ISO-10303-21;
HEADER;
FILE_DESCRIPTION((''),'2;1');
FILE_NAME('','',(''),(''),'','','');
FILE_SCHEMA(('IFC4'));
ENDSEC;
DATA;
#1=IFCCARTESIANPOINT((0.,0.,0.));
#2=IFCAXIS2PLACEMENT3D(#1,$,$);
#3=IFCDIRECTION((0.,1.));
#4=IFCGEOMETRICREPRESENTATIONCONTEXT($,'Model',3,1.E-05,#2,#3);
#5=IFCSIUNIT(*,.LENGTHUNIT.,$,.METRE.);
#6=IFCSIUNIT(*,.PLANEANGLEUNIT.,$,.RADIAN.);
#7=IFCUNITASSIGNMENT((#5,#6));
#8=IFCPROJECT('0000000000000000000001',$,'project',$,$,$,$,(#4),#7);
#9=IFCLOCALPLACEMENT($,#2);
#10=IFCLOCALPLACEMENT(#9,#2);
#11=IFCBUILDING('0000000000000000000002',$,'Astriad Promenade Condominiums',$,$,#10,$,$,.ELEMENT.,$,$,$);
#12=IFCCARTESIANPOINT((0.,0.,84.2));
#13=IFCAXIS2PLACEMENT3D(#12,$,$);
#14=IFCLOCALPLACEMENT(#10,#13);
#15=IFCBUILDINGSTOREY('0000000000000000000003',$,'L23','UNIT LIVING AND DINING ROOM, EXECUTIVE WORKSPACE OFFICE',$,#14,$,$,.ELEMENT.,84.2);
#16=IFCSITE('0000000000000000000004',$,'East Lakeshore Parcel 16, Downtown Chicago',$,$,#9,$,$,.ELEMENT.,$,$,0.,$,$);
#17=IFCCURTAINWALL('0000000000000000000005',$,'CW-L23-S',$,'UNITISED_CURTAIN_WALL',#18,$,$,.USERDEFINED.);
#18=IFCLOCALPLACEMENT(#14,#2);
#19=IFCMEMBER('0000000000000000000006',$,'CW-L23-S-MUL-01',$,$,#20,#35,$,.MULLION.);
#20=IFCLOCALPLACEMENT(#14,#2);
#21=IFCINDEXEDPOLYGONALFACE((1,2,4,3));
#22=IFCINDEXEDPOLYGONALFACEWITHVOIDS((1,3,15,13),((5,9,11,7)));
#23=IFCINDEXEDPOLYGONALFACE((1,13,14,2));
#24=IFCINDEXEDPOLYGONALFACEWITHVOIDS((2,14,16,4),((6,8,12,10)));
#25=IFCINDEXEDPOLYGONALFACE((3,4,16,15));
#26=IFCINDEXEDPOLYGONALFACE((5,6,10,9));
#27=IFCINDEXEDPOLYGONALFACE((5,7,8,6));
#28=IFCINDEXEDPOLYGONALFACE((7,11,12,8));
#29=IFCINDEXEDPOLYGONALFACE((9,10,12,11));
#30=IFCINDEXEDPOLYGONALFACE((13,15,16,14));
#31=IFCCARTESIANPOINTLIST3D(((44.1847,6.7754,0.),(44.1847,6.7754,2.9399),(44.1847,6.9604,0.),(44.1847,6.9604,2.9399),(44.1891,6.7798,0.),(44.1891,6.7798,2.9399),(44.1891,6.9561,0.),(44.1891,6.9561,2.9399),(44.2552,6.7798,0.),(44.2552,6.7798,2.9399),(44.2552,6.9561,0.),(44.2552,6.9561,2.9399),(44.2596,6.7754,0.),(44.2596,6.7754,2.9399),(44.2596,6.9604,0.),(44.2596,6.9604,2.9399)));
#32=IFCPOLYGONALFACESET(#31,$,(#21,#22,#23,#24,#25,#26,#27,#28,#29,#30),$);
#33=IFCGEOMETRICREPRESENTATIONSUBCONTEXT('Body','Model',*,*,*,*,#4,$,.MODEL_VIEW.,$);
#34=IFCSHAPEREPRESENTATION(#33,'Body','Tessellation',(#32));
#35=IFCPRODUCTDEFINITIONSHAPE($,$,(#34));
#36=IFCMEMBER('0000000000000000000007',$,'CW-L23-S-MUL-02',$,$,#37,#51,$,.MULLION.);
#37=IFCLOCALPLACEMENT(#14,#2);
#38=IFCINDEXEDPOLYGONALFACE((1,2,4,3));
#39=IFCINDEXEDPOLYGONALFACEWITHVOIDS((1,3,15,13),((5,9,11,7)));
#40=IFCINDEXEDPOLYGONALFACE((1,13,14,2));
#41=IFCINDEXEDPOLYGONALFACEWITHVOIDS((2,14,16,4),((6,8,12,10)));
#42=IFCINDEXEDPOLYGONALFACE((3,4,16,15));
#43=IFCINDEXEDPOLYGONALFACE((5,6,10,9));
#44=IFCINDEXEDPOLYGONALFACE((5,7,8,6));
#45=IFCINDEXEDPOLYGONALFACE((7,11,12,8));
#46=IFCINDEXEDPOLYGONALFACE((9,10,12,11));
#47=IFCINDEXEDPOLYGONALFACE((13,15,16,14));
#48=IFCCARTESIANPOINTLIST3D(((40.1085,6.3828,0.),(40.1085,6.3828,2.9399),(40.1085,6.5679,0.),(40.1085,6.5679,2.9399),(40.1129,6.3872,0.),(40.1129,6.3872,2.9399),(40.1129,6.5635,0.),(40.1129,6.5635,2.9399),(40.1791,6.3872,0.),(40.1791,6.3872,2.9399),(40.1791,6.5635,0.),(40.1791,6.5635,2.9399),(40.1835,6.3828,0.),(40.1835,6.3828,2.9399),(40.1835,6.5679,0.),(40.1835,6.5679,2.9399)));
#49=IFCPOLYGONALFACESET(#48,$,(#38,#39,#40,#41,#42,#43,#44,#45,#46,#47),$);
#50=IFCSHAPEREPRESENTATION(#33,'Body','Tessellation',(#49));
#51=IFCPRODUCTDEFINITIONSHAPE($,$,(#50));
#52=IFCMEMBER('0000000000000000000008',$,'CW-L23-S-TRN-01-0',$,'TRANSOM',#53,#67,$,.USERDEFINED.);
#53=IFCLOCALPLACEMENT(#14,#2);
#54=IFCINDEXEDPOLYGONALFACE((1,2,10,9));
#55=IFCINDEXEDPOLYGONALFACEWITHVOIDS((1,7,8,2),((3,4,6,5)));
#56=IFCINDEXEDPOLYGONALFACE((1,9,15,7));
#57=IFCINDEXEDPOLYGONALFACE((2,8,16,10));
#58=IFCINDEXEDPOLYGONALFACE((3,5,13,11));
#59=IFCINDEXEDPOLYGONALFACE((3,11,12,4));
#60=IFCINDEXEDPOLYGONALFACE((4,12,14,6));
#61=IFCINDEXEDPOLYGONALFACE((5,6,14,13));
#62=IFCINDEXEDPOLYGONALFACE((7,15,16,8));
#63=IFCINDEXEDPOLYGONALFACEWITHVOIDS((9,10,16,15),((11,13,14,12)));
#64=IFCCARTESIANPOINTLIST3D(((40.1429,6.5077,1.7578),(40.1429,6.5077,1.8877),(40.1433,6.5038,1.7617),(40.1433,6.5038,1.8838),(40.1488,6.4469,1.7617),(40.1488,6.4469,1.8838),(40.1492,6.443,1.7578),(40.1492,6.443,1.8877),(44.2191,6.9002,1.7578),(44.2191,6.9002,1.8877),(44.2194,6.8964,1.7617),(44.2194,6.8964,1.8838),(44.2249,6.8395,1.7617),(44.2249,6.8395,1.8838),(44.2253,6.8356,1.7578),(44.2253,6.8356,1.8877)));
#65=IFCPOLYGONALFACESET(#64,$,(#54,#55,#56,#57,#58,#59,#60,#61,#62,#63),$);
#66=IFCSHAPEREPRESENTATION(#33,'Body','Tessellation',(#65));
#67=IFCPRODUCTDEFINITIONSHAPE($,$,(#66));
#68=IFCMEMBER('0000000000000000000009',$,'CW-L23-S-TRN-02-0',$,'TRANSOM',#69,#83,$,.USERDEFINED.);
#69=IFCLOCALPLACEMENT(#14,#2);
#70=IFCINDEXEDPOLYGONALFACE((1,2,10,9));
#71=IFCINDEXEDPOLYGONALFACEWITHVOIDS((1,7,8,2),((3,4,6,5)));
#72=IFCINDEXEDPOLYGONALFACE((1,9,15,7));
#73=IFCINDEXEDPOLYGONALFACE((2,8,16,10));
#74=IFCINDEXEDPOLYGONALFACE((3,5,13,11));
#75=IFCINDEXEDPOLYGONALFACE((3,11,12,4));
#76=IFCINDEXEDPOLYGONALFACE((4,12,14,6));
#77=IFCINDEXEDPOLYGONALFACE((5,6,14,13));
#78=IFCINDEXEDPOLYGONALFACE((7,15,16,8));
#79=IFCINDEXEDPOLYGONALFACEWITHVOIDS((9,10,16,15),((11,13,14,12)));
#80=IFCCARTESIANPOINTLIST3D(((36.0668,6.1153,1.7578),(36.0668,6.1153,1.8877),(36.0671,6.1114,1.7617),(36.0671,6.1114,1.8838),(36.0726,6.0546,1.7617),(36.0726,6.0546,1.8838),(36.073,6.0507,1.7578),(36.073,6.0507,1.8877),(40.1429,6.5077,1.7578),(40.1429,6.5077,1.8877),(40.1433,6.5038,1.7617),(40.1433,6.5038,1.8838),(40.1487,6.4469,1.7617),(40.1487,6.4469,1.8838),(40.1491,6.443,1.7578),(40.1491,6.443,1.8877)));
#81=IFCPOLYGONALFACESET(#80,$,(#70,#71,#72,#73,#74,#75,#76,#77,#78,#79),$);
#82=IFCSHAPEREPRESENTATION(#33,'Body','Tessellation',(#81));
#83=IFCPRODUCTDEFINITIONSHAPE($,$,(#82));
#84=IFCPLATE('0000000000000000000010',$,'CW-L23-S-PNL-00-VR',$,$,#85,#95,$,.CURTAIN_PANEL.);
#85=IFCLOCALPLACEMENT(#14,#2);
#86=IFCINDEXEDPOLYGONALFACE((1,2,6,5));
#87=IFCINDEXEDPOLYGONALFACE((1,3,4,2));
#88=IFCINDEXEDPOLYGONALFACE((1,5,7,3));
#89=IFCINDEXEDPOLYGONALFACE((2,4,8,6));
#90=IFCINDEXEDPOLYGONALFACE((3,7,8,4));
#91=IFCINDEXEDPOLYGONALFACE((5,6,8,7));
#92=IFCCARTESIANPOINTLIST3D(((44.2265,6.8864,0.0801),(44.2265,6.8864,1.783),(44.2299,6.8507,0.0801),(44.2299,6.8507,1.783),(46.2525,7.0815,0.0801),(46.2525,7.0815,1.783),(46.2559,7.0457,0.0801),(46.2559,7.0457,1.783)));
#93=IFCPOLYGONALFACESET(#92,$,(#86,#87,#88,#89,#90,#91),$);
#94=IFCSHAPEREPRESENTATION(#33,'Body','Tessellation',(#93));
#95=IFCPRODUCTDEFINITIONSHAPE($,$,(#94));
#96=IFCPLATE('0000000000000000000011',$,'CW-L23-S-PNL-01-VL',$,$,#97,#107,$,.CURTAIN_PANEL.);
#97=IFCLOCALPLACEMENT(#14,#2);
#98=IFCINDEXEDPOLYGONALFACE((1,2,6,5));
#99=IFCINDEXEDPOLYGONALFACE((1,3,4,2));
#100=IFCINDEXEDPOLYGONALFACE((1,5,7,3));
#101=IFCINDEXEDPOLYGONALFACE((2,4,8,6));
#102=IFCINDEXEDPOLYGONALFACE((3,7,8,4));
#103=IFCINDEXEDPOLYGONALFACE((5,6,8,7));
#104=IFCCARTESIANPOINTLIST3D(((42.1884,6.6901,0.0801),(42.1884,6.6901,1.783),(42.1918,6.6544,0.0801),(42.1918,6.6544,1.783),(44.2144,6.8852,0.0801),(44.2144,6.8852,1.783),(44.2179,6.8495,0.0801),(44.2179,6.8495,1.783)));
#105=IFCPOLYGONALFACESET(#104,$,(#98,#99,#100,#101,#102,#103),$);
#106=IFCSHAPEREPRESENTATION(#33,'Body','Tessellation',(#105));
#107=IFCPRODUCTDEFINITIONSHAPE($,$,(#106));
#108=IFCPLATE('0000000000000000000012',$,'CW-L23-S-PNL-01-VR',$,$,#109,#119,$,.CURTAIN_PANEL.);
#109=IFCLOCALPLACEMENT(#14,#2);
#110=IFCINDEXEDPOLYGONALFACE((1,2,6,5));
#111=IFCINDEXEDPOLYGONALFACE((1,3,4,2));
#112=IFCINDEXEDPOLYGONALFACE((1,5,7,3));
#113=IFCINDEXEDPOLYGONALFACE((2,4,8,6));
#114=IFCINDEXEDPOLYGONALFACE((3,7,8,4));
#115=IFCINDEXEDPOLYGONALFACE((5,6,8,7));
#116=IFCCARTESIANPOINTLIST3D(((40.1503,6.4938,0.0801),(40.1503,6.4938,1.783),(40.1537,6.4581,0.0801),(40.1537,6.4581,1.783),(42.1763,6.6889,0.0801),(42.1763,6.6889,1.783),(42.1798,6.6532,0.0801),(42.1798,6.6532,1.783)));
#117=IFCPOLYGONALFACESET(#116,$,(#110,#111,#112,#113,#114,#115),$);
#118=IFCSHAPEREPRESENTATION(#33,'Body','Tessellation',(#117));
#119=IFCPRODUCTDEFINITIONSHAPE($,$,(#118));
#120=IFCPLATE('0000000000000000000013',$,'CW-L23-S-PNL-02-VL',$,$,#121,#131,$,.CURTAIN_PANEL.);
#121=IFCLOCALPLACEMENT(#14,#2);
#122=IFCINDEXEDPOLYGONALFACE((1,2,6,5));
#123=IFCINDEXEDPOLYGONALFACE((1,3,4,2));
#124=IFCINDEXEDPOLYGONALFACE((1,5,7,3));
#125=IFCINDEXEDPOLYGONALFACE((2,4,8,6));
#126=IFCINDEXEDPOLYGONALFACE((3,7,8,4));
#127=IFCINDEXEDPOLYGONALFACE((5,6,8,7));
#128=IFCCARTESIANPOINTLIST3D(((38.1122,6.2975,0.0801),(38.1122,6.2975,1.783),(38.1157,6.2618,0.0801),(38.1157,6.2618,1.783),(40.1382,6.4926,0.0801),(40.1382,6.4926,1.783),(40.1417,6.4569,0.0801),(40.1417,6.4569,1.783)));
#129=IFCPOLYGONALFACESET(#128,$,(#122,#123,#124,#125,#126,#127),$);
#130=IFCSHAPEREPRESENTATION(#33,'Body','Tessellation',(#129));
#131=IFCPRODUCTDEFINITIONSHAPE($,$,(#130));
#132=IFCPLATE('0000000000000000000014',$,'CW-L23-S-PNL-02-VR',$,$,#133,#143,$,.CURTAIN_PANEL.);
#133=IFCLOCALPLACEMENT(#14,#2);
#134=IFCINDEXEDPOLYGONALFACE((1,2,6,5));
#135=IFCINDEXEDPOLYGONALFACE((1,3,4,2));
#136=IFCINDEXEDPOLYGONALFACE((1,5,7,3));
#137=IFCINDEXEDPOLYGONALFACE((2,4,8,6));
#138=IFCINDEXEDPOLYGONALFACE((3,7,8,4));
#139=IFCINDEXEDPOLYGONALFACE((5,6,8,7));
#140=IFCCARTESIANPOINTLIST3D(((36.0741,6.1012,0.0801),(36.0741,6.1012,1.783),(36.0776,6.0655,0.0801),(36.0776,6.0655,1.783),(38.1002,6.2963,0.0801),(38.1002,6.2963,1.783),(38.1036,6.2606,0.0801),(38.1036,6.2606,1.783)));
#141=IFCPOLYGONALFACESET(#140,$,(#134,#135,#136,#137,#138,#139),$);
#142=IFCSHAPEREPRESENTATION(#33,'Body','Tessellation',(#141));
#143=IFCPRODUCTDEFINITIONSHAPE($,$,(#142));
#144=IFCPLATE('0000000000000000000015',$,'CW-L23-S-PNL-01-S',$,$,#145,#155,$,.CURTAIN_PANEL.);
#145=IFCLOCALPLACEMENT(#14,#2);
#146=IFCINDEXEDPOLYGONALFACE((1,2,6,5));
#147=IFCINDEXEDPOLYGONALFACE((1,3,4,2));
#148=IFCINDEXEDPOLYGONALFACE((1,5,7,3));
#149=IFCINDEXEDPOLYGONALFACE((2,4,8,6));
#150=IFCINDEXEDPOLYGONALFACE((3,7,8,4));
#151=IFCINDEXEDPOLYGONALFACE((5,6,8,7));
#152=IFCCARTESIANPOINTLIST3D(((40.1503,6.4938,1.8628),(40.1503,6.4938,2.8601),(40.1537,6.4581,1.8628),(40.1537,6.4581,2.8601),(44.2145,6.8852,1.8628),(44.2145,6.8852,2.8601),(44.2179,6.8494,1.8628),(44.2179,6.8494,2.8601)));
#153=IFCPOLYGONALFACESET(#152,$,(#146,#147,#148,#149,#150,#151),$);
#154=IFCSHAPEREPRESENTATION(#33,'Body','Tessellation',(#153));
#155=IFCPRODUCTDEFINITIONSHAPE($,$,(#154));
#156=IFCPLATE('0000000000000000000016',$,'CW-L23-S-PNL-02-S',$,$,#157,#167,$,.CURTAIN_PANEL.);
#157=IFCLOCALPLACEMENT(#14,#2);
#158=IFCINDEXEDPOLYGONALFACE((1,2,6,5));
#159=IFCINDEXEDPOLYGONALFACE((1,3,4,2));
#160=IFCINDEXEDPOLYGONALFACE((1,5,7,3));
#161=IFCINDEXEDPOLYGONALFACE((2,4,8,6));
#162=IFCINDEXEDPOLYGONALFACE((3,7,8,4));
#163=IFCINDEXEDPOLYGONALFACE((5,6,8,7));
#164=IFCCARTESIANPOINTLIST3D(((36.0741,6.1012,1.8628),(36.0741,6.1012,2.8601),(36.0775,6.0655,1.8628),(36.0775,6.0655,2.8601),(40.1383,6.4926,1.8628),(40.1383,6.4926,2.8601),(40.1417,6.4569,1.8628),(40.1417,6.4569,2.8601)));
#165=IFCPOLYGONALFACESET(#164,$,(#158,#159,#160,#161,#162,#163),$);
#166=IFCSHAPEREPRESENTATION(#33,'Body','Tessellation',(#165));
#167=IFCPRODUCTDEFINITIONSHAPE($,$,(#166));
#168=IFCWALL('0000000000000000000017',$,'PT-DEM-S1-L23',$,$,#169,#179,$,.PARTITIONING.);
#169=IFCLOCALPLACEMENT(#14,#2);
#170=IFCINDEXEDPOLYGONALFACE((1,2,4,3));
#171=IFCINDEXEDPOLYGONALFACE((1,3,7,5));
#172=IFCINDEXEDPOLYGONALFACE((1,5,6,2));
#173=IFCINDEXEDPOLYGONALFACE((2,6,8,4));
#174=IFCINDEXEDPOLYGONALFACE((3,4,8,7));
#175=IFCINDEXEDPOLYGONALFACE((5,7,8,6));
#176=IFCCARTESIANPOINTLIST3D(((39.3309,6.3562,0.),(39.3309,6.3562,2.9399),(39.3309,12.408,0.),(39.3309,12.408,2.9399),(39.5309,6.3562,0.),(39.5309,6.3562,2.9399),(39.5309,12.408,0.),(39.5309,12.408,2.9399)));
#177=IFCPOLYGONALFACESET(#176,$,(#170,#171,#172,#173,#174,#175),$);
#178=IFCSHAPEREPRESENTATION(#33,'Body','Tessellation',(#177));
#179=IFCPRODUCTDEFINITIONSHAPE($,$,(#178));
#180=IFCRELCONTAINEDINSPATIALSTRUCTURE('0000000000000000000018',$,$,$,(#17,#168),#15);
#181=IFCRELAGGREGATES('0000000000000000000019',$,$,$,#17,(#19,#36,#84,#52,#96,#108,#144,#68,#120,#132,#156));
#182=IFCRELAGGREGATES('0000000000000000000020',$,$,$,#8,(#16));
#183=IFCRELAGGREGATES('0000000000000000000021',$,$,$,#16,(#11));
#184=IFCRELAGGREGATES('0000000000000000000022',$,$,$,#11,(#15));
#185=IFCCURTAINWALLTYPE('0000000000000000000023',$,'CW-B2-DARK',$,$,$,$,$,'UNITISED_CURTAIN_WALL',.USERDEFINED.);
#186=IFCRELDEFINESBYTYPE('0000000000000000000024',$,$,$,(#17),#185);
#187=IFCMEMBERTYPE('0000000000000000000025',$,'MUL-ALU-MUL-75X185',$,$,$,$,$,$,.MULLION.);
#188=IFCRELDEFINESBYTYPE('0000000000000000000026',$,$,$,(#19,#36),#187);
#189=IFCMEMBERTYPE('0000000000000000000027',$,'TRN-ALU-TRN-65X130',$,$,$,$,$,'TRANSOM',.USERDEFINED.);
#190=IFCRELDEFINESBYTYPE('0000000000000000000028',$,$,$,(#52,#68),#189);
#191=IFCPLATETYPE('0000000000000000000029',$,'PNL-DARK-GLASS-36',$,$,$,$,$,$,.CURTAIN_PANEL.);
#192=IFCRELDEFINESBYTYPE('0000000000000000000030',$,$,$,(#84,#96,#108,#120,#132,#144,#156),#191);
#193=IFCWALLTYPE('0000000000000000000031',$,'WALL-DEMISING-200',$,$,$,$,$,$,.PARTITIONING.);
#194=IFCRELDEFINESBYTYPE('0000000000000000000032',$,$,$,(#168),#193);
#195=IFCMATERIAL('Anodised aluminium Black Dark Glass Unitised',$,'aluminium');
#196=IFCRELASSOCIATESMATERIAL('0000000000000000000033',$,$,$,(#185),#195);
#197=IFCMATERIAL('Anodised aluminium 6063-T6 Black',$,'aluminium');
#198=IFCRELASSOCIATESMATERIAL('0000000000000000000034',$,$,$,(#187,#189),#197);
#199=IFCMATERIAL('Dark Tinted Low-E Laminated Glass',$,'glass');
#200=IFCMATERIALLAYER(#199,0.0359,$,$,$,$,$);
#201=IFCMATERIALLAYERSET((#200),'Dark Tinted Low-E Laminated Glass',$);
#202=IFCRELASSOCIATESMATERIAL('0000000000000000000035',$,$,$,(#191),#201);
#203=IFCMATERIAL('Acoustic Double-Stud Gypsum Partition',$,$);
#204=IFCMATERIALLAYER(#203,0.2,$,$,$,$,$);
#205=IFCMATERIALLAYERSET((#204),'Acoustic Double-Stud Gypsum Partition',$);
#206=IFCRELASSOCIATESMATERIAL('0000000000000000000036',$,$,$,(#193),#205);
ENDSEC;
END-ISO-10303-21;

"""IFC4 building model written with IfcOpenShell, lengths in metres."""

from ifc_helpers import new_model, si_unit, direction, frame, frame_2d, origin, origin_2d, place, context, subcontext, project, spatial, rectangle, hollow_rectangle, extrude, source, transform, mapped, material, layer, layer_set, material_profile, profile_set, type_object, type_shapes, element, aggregate, save


model = new_model("IFC4")

# Units and contexts
model_context = context("Model", 3, precision=1e-05, world=origin(), true_north=direction((0.0, 1.0)))
body_context = subcontext(model_context, "Body", "Model", "MODEL_VIEW")
ifc_project = project(units=[si_unit("LENGTHUNIT", "METRE"), si_unit("PLANEANGLEUNIT", "RADIAN")], contexts=[model_context])

# Site, building, storey
site_placement = place(None, origin())
site = spatial("IfcSite", under=ifc_project, at=site_placement, Name="East Lakeshore Parcel 16, Downtown Chicago", CompositionType="ELEMENT", RefElevation=0.0)
building_placement = place(site_placement, origin())
building = spatial("IfcBuilding", under=site, at=building_placement, Name="Astriad Promenade Condominiums", CompositionType="ELEMENT")
storey_placement = place(building_placement, frame((0.0, 0.0, 84.2)))
storey = spatial("IfcBuildingStorey", under=building, at=storey_placement, Name="L23", Description="UNIT LIVING AND DINING ROOM, EXECUTIVE WORKSPACE OFFICE", CompositionType="ELEMENT", Elevation=84.2)

# Curtain wall, members, plates
ifc_material_1 = material(Name="Anodised aluminium Black Dark Glass Unitised", Category="aluminium")
curtain_wall_type = type_object("IfcCurtainWallType", Name="CW-B2-DARK", ElementType="UNITISED_CURTAIN_WALL", PredefinedType="USERDEFINED", material=ifc_material_1)
curtain_wall_placement = place(storey_placement, origin())
curtain_wall = element("IfcCurtainWall", 1, at=curtain_wall_placement, inside=storey, type_object=curtain_wall_type, Name="CW-L23-S", ObjectType="UNITISED_CURTAIN_WALL", PredefinedType="USERDEFINED")
ifc_material_2 = material(Name="Anodised aluminium 6063-T6 Black", Category="aluminium")
ifc_material_profile_1 = material_profile(ifc_material_2, hollow_rectangle(XDim=0.075, YDim=0.1851, WallThickness=0.0044, at=origin_2d()), Name="ALU-MUL-75X185")
ifc_profile_set_1 = profile_set([ifc_material_profile_1], Name="Anodised aluminium 6063-T6 Black")
member_type_1 = type_object("IfcMemberType", Name="MUL-ALU-MUL-75X185", PredefinedType="MULLION", material=ifc_profile_set_1)
shared_shape_1 = source(origin(), body_context, "Body", "SweptSolid", [
    extrude(hollow_rectangle(XDim=0.075, YDim=0.1851, WallThickness=0.0044, at=origin_2d()), origin(), (0.0, 0.0, 1.0), 2.9399),
])
type_shapes(member_type_1, [shared_shape_1])
member_1_placement = place(storey_placement, frame((44.2222, 6.8679, 0.0), z_axis=(0.0, 0.0, 1.0), x_axis=(1.0, 0.0, 0.0)))
member_1 = element("IfcMember", 2, at=member_1_placement, type_object=member_type_1, Name="CW-L23-S-MUL-01", PredefinedType="MULLION", context=body_context, shape_type="MappedRepresentation", body=[
    mapped(shared_shape_1, transform((0.0, 0.0, 0.0), scale=1.0)),
])
member_2_placement = place(storey_placement, frame((40.146, 6.4753, 0.0), z_axis=(0.0, 0.0, 1.0), x_axis=(1.0, 0.0, 0.0)))
member_2 = element("IfcMember", 3, at=member_2_placement, type_object=member_type_1, Name="CW-L23-S-MUL-02", PredefinedType="MULLION", context=body_context, shape_type="MappedRepresentation", body=[
    mapped(shared_shape_1, transform((0.0, 0.0, 0.0), scale=1.0)),
])
ifc_material_profile_2 = material_profile(ifc_material_2, hollow_rectangle(XDim=0.0649, YDim=0.1299, WallThickness=0.0039, at=origin_2d()), Name="ALU-TRN-65X130")
ifc_profile_set_2 = profile_set([ifc_material_profile_2], Name="Anodised aluminium 6063-T6 Black")
member_type_2 = type_object("IfcMemberType", Name="TRN-ALU-TRN-65X130", ElementType="TRANSOM", PredefinedType="USERDEFINED", material=ifc_profile_set_2)
shared_shape_2 = source(origin(), body_context, "Body", "SweptSolid", [
    extrude(hollow_rectangle(XDim=0.0649, YDim=0.1299, WallThickness=0.0039, at=origin_2d()), origin(), (0.0, 0.0, 1.0), 4.095),
])
type_shapes(member_type_2, [shared_shape_2])
member_3_placement = place(storey_placement, frame((44.2222, 6.8679, 1.8228), z_axis=(-0.995394, -0.095867, 0.0), x_axis=(0.095867, -0.995394, 0.0)))
member_3 = element("IfcMember", 4, at=member_3_placement, type_object=member_type_2, Name="CW-L23-S-TRN-01-0", ObjectType="TRANSOM", PredefinedType="USERDEFINED", context=body_context, shape_type="MappedRepresentation", body=[
    mapped(shared_shape_2, transform((0.0, 0.0, 0.0), scale=1.0)),
])
member_4_placement = place(storey_placement, frame((40.146, 6.4753, 1.8228), z_axis=(-0.9954, -0.095808, 0.0), x_axis=(0.095808, -0.9954, 0.0)))
member_4 = element("IfcMember", 5, at=member_4_placement, type_object=member_type_2, Name="CW-L23-S-TRN-02-0", ObjectType="TRANSOM", PredefinedType="USERDEFINED", context=body_context, shape_type="MappedRepresentation", body=[
    mapped(shared_shape_2, transform((0.0, 0.0, 0.0), scale=1.0)),
])
ifc_material_3 = material(Name="Dark Tinted Low-E Laminated Glass", Category="glass")
ifc_layer_1 = layer(ifc_material_3, 0.0359)
ifc_layer_set_1 = layer_set([ifc_layer_1], Name="Dark Tinted Low-E Laminated Glass")
plate_type = type_object("IfcPlateType", Name="PNL-DARK-GLASS-36", PredefinedType="CURTAIN_PANEL", material=ifc_layer_set_1)
shared_shape_3 = source(origin(), body_context, "Body", "SweptSolid", [
    extrude(rectangle(XDim=2.0354, YDim=0.0359, at=origin_2d()), origin(), (0.0, 0.0, 1.0), 1.7029),
])
plate_1_placement = place(storey_placement, frame((45.2412, 6.9661, 0.0801), z_axis=(0.0, 0.0, 1.0), x_axis=(-0.995396, -0.095846, 0.0)))
plate_1 = element("IfcPlate", 6, at=plate_1_placement, type_object=plate_type, Name="CW-L23-S-PNL-00-VR", PredefinedType="CURTAIN_PANEL", context=body_context, shape_type="MappedRepresentation", body=[
    mapped(shared_shape_3, transform((0.0, 0.0, 0.0), scale=1.0)),
])
plate_2_placement = place(storey_placement, frame((43.2031, 6.7698, 0.0801), z_axis=(0.0, 0.0, 1.0), x_axis=(-0.995396, -0.095846, 0.0)))
plate_2 = element("IfcPlate", 7, at=plate_2_placement, type_object=plate_type, Name="CW-L23-S-PNL-01-VL", PredefinedType="CURTAIN_PANEL", context=body_context, shape_type="MappedRepresentation", body=[
    mapped(shared_shape_3, transform((0.0, 0.0, 0.0), scale=1.0)),
])
plate_3_placement = place(storey_placement, frame((41.165, 6.5735, 0.0801), z_axis=(0.0, 0.0, 1.0), x_axis=(-0.995396, -0.095846, 0.0)))
plate_3 = element("IfcPlate", 8, at=plate_3_placement, type_object=plate_type, Name="CW-L23-S-PNL-01-VR", PredefinedType="CURTAIN_PANEL", context=body_context, shape_type="MappedRepresentation", body=[
    mapped(shared_shape_3, transform((0.0, 0.0, 0.0), scale=1.0)),
])
plate_4_placement = place(storey_placement, frame((39.127, 6.3772, 0.0801), z_axis=(0.0, 0.0, 1.0), x_axis=(-0.995396, -0.095846, 0.0)))
plate_4 = element("IfcPlate", 9, at=plate_4_placement, type_object=plate_type, Name="CW-L23-S-PNL-02-VL", PredefinedType="CURTAIN_PANEL", context=body_context, shape_type="MappedRepresentation", body=[
    mapped(shared_shape_3, transform((0.0, 0.0, 0.0), scale=1.0)),
])
plate_5_placement = place(storey_placement, frame((37.0889, 6.1809, 0.0801), z_axis=(0.0, 0.0, 1.0), x_axis=(-0.995396, -0.095846, 0.0)))
plate_5 = element("IfcPlate", 10, at=plate_5_placement, type_object=plate_type, Name="CW-L23-S-PNL-02-VR", PredefinedType="CURTAIN_PANEL", context=body_context, shape_type="MappedRepresentation", body=[
    mapped(shared_shape_3, transform((0.0, 0.0, 0.0), scale=1.0)),
])
shared_shape_4 = source(origin(), body_context, "Body", "SweptSolid", [
    extrude(rectangle(XDim=4.083, YDim=0.0359, at=origin_2d()), origin(), (0.0, 0.0, 1.0), 0.9973),
])
type_shapes(plate_type, [shared_shape_3, shared_shape_4])
plate_6_placement = place(storey_placement, frame((42.1841, 6.6716, 1.8628), z_axis=(0.0, 0.0, 1.0), x_axis=(-0.995396, -0.095846, 0.0)))
plate_6 = element("IfcPlate", 11, at=plate_6_placement, type_object=plate_type, Name="CW-L23-S-PNL-01-S", PredefinedType="CURTAIN_PANEL", context=body_context, shape_type="MappedRepresentation", body=[
    mapped(shared_shape_4, transform((0.0, 0.0, 0.0), scale=1.0)),
])
plate_7_placement = place(storey_placement, frame((38.1079, 6.2791, 1.8628), z_axis=(0.0, 0.0, 1.0), x_axis=(-0.995396, -0.095846, 0.0)))
plate_7 = element("IfcPlate", 12, at=plate_7_placement, type_object=plate_type, Name="CW-L23-S-PNL-02-S", PredefinedType="CURTAIN_PANEL", context=body_context, shape_type="MappedRepresentation", body=[
    mapped(shared_shape_4, transform((0.0, 0.0, 0.0), scale=1.0)),
])
aggregate(curtain_wall, [member_1, member_2, plate_1, member_3, plate_2, plate_3, plate_6, member_4, plate_4, plate_5, plate_7])

# Wall
ifc_material_4 = material(Name="Acoustic Double-Stud Gypsum Partition")
ifc_layer_2 = layer(ifc_material_4, 0.2)
ifc_layer_set_2 = layer_set([ifc_layer_2], Name="Acoustic Double-Stud Gypsum Partition")
wall_type_1 = type_object("IfcWallType", Name="WALL-DEMISING-200", PredefinedType="PARTITIONING", material=ifc_layer_set_2)
wall_1_placement = place(storey_placement, frame((39.4309, 6.3562, 0.0), z_axis=(0.0, 0.0, 1.0), x_axis=(0.0, 1.0, 0.0)))
element("IfcWall", 13, at=wall_1_placement, inside=storey, type_object=wall_type_1, Name="PT-DEM-S1-L23", PredefinedType="PARTITIONING", context=body_context, shape_type="SweptSolid", body=[
    extrude(rectangle(XDim=6.0518, YDim=0.2, at=frame_2d((3.0259, 0.0))), origin(), (0.0, 0.0, 1.0), 2.9399),
])

save(model, "model.ifc")
